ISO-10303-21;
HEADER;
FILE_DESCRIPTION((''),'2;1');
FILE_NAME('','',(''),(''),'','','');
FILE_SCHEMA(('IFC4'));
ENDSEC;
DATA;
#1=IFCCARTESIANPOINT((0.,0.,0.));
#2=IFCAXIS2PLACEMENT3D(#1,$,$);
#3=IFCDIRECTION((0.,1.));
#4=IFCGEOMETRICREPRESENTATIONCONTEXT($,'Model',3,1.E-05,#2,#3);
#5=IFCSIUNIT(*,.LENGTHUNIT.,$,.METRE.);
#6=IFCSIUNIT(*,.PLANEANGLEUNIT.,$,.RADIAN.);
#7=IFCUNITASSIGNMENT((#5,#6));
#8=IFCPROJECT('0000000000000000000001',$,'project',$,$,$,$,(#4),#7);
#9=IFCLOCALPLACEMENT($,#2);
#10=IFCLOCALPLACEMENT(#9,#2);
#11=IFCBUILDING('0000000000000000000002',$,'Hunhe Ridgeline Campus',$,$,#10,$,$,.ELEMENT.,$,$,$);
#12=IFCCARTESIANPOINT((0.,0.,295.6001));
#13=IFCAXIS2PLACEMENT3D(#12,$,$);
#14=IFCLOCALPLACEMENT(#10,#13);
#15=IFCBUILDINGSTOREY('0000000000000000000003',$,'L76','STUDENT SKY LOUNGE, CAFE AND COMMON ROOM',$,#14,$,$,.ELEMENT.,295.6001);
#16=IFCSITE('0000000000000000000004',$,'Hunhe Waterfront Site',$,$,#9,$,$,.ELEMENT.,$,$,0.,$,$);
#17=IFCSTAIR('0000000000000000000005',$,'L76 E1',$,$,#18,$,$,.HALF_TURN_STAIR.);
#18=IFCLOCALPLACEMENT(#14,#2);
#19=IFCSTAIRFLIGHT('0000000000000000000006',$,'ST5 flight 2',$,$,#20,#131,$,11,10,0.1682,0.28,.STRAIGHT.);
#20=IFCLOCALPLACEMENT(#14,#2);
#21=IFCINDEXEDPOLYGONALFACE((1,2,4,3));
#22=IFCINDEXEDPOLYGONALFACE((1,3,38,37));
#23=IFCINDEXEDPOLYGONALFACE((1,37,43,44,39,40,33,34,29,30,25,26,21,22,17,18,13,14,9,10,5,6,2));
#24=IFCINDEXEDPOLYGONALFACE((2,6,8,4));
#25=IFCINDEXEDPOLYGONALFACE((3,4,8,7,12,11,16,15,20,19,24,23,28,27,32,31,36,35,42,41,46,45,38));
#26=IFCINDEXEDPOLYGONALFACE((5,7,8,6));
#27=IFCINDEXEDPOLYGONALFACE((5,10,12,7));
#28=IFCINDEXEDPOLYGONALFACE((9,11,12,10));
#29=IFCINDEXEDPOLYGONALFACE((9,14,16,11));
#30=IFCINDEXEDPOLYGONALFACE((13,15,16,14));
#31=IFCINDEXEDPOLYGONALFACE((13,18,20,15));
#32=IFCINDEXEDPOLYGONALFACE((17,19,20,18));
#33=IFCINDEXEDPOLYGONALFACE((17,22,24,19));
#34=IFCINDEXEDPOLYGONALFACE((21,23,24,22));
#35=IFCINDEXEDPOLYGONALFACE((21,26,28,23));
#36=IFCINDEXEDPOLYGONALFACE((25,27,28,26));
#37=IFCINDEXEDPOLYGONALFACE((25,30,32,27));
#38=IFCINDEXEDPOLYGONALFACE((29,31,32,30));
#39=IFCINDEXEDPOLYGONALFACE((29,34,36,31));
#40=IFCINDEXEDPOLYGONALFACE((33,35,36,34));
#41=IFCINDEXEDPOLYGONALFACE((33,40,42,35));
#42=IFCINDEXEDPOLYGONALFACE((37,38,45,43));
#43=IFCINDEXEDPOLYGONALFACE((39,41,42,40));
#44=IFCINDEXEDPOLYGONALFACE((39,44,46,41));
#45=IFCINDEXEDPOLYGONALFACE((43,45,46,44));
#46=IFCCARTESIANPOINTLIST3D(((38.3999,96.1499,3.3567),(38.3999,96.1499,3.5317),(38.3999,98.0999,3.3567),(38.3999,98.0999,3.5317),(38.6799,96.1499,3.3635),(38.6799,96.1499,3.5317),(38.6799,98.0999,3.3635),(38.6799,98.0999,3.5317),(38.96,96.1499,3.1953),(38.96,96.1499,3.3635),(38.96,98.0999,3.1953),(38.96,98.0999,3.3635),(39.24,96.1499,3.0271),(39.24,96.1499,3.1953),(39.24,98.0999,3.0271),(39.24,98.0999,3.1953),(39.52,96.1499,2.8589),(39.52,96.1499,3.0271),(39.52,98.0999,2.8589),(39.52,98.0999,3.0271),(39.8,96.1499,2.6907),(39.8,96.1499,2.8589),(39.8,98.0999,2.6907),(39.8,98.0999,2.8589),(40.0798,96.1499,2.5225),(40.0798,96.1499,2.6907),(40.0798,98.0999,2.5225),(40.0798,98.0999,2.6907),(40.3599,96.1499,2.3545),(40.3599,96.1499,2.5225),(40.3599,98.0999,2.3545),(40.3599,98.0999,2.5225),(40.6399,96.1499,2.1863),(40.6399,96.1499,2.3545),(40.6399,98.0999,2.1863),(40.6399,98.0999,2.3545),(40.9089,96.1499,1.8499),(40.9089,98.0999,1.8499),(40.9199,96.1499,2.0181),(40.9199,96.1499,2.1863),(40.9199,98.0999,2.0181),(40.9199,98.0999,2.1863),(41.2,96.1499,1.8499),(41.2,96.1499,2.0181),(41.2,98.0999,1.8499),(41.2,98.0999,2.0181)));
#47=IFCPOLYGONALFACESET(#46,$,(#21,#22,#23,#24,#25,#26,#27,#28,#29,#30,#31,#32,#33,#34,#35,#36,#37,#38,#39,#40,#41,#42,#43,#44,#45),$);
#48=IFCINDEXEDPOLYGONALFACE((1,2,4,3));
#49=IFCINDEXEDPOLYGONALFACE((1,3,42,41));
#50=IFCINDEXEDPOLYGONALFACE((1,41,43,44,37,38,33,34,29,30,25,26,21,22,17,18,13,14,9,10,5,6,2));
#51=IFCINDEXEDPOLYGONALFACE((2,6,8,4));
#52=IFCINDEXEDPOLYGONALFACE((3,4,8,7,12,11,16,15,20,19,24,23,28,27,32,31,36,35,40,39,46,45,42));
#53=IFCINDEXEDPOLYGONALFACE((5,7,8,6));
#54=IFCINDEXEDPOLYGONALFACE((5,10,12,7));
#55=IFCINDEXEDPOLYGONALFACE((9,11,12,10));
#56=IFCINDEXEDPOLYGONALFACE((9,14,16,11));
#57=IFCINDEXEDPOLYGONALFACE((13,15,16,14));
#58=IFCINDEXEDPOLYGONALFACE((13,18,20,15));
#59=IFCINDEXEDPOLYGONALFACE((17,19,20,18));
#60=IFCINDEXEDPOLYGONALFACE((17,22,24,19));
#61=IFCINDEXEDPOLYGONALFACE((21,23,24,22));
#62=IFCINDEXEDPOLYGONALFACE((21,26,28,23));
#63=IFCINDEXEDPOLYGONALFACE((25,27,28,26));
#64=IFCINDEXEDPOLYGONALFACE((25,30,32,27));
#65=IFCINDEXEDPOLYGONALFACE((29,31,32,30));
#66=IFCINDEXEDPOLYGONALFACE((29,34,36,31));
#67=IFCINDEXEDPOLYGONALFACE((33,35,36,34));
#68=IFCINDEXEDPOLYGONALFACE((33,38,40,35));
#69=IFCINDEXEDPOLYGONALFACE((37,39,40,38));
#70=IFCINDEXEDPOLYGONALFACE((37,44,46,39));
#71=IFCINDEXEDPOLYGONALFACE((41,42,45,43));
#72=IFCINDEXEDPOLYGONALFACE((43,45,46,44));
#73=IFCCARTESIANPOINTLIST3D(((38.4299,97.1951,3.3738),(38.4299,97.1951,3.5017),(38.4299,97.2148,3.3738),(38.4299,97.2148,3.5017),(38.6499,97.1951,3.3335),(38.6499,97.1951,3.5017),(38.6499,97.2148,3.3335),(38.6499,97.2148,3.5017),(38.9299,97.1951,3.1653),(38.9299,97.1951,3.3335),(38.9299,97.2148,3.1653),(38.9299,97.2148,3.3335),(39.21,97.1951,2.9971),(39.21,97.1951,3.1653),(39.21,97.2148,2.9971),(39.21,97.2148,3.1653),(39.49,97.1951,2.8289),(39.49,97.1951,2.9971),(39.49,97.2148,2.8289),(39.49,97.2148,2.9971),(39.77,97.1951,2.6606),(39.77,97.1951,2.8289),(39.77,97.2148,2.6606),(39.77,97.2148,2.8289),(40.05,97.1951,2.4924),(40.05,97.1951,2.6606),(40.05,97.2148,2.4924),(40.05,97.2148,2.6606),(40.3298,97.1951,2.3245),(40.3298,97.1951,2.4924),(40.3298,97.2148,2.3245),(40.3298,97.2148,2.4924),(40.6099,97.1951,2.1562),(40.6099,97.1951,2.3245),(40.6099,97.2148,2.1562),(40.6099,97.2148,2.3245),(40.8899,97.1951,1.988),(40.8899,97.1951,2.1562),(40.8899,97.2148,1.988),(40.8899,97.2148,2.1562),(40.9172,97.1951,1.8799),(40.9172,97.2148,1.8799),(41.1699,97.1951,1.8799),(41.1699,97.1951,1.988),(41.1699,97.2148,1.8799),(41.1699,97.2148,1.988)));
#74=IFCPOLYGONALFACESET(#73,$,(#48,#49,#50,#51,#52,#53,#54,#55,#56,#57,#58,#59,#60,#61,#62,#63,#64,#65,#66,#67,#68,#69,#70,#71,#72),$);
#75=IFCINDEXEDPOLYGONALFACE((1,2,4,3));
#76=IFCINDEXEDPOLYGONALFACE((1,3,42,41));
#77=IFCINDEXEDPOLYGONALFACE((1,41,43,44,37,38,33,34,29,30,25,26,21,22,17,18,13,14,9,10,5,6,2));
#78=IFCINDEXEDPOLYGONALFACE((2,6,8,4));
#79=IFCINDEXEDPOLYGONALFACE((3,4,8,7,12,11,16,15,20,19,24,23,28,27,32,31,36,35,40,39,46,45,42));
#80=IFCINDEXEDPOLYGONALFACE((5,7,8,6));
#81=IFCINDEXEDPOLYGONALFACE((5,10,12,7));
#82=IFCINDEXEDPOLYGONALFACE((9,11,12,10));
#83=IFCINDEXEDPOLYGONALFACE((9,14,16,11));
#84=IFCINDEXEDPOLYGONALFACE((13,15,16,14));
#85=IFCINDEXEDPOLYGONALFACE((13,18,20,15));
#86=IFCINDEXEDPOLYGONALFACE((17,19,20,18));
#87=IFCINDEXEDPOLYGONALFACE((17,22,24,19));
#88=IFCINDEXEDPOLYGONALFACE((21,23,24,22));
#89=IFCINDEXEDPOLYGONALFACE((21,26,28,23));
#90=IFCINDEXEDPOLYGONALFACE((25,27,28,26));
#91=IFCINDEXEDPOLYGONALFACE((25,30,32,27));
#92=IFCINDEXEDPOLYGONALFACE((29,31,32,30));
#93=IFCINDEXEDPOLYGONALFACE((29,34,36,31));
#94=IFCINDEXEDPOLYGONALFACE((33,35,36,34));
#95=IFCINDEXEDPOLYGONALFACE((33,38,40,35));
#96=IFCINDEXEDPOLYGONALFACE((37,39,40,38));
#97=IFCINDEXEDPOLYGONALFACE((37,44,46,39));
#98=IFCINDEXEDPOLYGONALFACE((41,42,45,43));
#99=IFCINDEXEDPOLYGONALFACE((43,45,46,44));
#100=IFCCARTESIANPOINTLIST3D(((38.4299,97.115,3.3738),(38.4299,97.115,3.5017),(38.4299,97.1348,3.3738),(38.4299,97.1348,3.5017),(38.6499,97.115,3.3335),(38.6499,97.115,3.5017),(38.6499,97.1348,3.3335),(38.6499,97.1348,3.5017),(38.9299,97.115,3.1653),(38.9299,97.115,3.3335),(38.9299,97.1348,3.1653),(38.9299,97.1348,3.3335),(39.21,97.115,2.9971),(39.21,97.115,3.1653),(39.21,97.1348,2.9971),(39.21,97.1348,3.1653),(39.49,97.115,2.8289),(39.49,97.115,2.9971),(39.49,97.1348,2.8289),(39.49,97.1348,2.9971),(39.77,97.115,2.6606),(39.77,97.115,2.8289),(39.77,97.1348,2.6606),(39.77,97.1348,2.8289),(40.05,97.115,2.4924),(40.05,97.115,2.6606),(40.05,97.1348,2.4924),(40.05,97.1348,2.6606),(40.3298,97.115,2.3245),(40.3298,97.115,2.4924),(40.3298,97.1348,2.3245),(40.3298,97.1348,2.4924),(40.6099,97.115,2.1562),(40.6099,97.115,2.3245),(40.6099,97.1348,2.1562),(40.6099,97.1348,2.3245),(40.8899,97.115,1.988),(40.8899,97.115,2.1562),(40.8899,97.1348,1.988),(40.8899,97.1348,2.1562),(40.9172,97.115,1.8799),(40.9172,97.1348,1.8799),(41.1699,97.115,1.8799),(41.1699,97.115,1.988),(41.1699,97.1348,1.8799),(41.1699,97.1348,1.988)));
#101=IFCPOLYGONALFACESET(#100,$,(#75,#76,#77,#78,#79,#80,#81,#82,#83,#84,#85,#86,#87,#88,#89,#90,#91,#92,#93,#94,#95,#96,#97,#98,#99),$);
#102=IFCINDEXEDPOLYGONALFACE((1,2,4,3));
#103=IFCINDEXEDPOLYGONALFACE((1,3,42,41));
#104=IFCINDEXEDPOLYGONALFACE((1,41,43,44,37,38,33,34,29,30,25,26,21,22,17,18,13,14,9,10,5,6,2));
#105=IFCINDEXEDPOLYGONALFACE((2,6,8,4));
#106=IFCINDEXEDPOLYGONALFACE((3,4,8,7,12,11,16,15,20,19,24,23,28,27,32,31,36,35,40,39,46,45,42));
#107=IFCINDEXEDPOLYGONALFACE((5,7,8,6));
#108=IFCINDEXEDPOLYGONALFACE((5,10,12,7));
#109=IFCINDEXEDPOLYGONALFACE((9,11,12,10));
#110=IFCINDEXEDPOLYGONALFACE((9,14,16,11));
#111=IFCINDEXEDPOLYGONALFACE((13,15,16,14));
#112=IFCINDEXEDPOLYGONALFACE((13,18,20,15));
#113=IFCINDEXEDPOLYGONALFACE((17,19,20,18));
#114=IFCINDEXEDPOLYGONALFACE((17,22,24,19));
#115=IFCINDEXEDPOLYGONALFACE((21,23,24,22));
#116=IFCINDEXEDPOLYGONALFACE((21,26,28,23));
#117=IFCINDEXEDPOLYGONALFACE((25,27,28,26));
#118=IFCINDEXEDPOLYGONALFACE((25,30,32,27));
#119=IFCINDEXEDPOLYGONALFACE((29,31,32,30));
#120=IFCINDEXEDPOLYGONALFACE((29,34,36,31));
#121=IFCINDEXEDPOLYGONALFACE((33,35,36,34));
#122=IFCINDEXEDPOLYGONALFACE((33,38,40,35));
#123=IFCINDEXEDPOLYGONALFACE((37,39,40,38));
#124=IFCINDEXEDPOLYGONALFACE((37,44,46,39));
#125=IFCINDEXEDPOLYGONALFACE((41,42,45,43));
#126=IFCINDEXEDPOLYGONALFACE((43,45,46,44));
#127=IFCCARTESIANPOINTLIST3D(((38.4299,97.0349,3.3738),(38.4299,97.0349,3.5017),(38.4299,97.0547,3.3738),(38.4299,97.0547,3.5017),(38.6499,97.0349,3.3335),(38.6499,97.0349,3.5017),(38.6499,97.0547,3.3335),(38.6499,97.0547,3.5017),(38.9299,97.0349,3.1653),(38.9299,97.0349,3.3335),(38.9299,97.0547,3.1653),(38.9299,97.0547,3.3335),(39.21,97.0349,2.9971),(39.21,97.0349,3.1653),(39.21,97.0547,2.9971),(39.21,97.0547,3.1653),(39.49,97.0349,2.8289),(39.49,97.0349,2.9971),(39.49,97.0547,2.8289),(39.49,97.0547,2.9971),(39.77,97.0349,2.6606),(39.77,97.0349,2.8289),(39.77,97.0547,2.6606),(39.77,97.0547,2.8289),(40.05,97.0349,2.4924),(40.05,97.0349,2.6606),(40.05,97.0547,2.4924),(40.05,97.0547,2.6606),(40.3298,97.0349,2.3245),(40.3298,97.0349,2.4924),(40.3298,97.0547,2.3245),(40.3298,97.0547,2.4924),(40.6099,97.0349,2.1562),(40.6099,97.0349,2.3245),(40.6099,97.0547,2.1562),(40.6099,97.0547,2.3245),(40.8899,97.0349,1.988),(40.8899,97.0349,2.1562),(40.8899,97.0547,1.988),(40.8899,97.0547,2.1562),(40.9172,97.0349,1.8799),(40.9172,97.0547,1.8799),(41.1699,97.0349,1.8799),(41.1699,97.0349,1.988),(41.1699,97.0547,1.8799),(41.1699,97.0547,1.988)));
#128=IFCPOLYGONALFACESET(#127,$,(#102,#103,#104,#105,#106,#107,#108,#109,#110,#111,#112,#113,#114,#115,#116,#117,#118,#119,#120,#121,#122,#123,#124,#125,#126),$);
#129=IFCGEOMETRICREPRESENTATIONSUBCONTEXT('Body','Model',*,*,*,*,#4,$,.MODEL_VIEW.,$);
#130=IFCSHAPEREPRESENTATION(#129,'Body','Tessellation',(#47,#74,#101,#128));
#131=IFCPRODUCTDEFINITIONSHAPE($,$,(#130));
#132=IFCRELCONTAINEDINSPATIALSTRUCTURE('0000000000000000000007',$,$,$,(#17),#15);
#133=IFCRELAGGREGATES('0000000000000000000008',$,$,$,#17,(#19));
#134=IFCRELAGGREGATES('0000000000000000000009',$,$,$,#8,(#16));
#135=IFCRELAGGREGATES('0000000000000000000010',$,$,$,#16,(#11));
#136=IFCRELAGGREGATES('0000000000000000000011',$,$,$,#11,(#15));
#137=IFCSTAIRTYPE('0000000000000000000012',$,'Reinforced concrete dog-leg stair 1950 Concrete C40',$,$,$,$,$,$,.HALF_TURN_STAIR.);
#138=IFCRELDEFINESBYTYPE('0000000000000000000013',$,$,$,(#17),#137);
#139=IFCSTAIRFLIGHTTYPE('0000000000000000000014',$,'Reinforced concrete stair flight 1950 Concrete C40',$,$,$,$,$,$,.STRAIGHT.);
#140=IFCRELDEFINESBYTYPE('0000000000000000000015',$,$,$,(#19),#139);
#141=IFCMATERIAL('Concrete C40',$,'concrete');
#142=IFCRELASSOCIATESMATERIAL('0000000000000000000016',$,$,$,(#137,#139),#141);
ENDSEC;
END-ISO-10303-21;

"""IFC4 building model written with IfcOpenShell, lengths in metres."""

from ifc_helpers import new_model, si_unit, direction, frame, origin, place, context, subcontext, project, spatial, polyline, outline, extrude, material, type_object, element, aggregate, save


model = new_model("IFC4")

# Units and contexts
model_context = context("Model", 3, precision=1e-05, world=origin(), true_north=direction((0.0, 1.0)))
body_context = subcontext(model_context, "Body", "Model", "MODEL_VIEW")
ifc_project = project(units=[si_unit("LENGTHUNIT", "METRE"), si_unit("PLANEANGLEUNIT", "RADIAN")], contexts=[model_context])

# Site, building, storey
site_placement = place(None, origin())
site = spatial("IfcSite", under=ifc_project, at=site_placement, Name="Hunhe Waterfront Site", CompositionType="ELEMENT", RefElevation=0.0)
building_placement = place(site_placement, origin())
building = spatial("IfcBuilding", under=site, at=building_placement, Name="Hunhe Ridgeline Campus", CompositionType="ELEMENT")
storey_placement = place(building_placement, frame((0.0, 0.0, 295.6001)))
storey = spatial("IfcBuildingStorey", under=building, at=storey_placement, Name="L76", Description="STUDENT SKY LOUNGE, CAFE AND COMMON ROOM", CompositionType="ELEMENT", Elevation=295.6001)

# Stair, stair flight
ifc_material_1 = material(Name="Concrete C40", Category="concrete")
stair_type = type_object("IfcStairType", Name="Reinforced concrete dog-leg stair 1950 Concrete C40", PredefinedType="HALF_TURN_STAIR", material=ifc_material_1)
stair_placement = place(storey_placement, origin())
stair = element("IfcStair", 1, at=stair_placement, inside=storey, type_object=stair_type, Name="L76 E1", PredefinedType="HALF_TURN_STAIR")
stair_flight_type = type_object("IfcStairFlightType", Name="Reinforced concrete stair flight 1950 Concrete C40", PredefinedType="STRAIGHT", material=ifc_material_1)
stair_flight_1_placement = place(storey_placement, frame((41.2, 97.125, 1.8499), z_axis=(0.0, 0.0, 1.0), x_axis=(-1.0, 0.0, 0.0)))
stair_flight_1 = element("IfcStairFlight", 2, at=stair_flight_1_placement, type_object=stair_flight_type, Name="ST5 flight 2", NumberOfRisers=11, NumberOfTreads=10, PredefinedType="STRAIGHT", RiserHeight=0.1682, TreadLength=0.28, context=body_context, shape_type="SweptSolid", body=[
    extrude(outline(polyline([(0.0, 0.0), (0.0, 0.1682), (0.28, 0.1682), (0.28, 0.3364), (0.5601, 0.3364), (0.5601, 0.5046), (0.8401, 0.5046), (0.8401, 0.6726), (1.1201, 0.6726), (1.1201, 0.8408), (1.3999, 0.8408), (1.3999, 1.009), (1.6799, 1.009), (1.6799, 1.1772), (1.96, 1.1772), (1.96, 1.3455), (2.24, 1.3455), (2.24, 1.5137), (2.52, 1.5137), (2.52, 1.6819), (2.8, 1.6819), (2.8, 1.8501), (2.8, 1.5068), (0.291, 0.0), (0.0, 0.0)])), frame((0.0, 0.9751, 0.0), z_axis=(0.0, -1.0, 0.0), x_axis=(1.0, 0.0, 0.0)), (0.0, 0.0, 1.0), 1.95),
    extrude(outline(polyline([(0.03, 0.03), (0.03, 0.1382), (0.3101, 0.1382), (0.3101, 0.3064), (0.5901, 0.3064), (0.5901, 0.4746), (0.8701, 0.4746), (0.8701, 0.6426), (1.1499, 0.6426), (1.1499, 0.8108), (1.4299, 0.8108), (1.4299, 0.979), (1.71, 0.979), (1.71, 1.1472), (1.99, 1.1472), (1.99, 1.3154), (2.27, 1.3154), (2.27, 1.4836), (2.55, 1.4836), (2.55, 1.6519), (2.77, 1.6519), (2.77, 1.5239), (0.2827, 0.03), (0.03, 0.03)])), frame((0.0, -0.0701, 0.0), z_axis=(0.0, -1.0, 0.0), x_axis=(1.0, 0.0, 0.0)), (0.0, 0.0, 1.0), 0.0198),
    extrude(outline(polyline([(0.03, 0.03), (0.03, 0.1382), (0.3101, 0.1382), (0.3101, 0.3064), (0.5901, 0.3064), (0.5901, 0.4746), (0.8701, 0.4746), (0.8701, 0.6426), (1.1499, 0.6426), (1.1499, 0.8108), (1.4299, 0.8108), (1.4299, 0.979), (1.71, 0.979), (1.71, 1.1472), (1.99, 1.1472), (1.99, 1.3154), (2.27, 1.3154), (2.27, 1.4836), (2.55, 1.4836), (2.55, 1.6519), (2.77, 1.6519), (2.77, 1.5239), (0.2827, 0.03), (0.03, 0.03)])), frame((0.0, 0.01, 0.0), z_axis=(0.0, -1.0, 0.0), x_axis=(1.0, 0.0, 0.0)), (0.0, 0.0, 1.0), 0.0198),
    extrude(outline(polyline([(0.03, 0.03), (0.03, 0.1382), (0.3101, 0.1382), (0.3101, 0.3064), (0.5901, 0.3064), (0.5901, 0.4746), (0.8701, 0.4746), (0.8701, 0.6426), (1.1499, 0.6426), (1.1499, 0.8108), (1.4299, 0.8108), (1.4299, 0.979), (1.71, 0.979), (1.71, 1.1472), (1.99, 1.1472), (1.99, 1.3154), (2.27, 1.3154), (2.27, 1.4836), (2.55, 1.4836), (2.55, 1.6519), (2.77, 1.6519), (2.77, 1.5239), (0.2827, 0.03), (0.03, 0.03)])), frame((0.0, 0.0901, 0.0), z_axis=(0.0, -1.0, 0.0), x_axis=(1.0, 0.0, 0.0)), (0.0, 0.0, 1.0), 0.0198),
])
aggregate(stair, [stair_flight_1])

save(model, "model.ifc")
